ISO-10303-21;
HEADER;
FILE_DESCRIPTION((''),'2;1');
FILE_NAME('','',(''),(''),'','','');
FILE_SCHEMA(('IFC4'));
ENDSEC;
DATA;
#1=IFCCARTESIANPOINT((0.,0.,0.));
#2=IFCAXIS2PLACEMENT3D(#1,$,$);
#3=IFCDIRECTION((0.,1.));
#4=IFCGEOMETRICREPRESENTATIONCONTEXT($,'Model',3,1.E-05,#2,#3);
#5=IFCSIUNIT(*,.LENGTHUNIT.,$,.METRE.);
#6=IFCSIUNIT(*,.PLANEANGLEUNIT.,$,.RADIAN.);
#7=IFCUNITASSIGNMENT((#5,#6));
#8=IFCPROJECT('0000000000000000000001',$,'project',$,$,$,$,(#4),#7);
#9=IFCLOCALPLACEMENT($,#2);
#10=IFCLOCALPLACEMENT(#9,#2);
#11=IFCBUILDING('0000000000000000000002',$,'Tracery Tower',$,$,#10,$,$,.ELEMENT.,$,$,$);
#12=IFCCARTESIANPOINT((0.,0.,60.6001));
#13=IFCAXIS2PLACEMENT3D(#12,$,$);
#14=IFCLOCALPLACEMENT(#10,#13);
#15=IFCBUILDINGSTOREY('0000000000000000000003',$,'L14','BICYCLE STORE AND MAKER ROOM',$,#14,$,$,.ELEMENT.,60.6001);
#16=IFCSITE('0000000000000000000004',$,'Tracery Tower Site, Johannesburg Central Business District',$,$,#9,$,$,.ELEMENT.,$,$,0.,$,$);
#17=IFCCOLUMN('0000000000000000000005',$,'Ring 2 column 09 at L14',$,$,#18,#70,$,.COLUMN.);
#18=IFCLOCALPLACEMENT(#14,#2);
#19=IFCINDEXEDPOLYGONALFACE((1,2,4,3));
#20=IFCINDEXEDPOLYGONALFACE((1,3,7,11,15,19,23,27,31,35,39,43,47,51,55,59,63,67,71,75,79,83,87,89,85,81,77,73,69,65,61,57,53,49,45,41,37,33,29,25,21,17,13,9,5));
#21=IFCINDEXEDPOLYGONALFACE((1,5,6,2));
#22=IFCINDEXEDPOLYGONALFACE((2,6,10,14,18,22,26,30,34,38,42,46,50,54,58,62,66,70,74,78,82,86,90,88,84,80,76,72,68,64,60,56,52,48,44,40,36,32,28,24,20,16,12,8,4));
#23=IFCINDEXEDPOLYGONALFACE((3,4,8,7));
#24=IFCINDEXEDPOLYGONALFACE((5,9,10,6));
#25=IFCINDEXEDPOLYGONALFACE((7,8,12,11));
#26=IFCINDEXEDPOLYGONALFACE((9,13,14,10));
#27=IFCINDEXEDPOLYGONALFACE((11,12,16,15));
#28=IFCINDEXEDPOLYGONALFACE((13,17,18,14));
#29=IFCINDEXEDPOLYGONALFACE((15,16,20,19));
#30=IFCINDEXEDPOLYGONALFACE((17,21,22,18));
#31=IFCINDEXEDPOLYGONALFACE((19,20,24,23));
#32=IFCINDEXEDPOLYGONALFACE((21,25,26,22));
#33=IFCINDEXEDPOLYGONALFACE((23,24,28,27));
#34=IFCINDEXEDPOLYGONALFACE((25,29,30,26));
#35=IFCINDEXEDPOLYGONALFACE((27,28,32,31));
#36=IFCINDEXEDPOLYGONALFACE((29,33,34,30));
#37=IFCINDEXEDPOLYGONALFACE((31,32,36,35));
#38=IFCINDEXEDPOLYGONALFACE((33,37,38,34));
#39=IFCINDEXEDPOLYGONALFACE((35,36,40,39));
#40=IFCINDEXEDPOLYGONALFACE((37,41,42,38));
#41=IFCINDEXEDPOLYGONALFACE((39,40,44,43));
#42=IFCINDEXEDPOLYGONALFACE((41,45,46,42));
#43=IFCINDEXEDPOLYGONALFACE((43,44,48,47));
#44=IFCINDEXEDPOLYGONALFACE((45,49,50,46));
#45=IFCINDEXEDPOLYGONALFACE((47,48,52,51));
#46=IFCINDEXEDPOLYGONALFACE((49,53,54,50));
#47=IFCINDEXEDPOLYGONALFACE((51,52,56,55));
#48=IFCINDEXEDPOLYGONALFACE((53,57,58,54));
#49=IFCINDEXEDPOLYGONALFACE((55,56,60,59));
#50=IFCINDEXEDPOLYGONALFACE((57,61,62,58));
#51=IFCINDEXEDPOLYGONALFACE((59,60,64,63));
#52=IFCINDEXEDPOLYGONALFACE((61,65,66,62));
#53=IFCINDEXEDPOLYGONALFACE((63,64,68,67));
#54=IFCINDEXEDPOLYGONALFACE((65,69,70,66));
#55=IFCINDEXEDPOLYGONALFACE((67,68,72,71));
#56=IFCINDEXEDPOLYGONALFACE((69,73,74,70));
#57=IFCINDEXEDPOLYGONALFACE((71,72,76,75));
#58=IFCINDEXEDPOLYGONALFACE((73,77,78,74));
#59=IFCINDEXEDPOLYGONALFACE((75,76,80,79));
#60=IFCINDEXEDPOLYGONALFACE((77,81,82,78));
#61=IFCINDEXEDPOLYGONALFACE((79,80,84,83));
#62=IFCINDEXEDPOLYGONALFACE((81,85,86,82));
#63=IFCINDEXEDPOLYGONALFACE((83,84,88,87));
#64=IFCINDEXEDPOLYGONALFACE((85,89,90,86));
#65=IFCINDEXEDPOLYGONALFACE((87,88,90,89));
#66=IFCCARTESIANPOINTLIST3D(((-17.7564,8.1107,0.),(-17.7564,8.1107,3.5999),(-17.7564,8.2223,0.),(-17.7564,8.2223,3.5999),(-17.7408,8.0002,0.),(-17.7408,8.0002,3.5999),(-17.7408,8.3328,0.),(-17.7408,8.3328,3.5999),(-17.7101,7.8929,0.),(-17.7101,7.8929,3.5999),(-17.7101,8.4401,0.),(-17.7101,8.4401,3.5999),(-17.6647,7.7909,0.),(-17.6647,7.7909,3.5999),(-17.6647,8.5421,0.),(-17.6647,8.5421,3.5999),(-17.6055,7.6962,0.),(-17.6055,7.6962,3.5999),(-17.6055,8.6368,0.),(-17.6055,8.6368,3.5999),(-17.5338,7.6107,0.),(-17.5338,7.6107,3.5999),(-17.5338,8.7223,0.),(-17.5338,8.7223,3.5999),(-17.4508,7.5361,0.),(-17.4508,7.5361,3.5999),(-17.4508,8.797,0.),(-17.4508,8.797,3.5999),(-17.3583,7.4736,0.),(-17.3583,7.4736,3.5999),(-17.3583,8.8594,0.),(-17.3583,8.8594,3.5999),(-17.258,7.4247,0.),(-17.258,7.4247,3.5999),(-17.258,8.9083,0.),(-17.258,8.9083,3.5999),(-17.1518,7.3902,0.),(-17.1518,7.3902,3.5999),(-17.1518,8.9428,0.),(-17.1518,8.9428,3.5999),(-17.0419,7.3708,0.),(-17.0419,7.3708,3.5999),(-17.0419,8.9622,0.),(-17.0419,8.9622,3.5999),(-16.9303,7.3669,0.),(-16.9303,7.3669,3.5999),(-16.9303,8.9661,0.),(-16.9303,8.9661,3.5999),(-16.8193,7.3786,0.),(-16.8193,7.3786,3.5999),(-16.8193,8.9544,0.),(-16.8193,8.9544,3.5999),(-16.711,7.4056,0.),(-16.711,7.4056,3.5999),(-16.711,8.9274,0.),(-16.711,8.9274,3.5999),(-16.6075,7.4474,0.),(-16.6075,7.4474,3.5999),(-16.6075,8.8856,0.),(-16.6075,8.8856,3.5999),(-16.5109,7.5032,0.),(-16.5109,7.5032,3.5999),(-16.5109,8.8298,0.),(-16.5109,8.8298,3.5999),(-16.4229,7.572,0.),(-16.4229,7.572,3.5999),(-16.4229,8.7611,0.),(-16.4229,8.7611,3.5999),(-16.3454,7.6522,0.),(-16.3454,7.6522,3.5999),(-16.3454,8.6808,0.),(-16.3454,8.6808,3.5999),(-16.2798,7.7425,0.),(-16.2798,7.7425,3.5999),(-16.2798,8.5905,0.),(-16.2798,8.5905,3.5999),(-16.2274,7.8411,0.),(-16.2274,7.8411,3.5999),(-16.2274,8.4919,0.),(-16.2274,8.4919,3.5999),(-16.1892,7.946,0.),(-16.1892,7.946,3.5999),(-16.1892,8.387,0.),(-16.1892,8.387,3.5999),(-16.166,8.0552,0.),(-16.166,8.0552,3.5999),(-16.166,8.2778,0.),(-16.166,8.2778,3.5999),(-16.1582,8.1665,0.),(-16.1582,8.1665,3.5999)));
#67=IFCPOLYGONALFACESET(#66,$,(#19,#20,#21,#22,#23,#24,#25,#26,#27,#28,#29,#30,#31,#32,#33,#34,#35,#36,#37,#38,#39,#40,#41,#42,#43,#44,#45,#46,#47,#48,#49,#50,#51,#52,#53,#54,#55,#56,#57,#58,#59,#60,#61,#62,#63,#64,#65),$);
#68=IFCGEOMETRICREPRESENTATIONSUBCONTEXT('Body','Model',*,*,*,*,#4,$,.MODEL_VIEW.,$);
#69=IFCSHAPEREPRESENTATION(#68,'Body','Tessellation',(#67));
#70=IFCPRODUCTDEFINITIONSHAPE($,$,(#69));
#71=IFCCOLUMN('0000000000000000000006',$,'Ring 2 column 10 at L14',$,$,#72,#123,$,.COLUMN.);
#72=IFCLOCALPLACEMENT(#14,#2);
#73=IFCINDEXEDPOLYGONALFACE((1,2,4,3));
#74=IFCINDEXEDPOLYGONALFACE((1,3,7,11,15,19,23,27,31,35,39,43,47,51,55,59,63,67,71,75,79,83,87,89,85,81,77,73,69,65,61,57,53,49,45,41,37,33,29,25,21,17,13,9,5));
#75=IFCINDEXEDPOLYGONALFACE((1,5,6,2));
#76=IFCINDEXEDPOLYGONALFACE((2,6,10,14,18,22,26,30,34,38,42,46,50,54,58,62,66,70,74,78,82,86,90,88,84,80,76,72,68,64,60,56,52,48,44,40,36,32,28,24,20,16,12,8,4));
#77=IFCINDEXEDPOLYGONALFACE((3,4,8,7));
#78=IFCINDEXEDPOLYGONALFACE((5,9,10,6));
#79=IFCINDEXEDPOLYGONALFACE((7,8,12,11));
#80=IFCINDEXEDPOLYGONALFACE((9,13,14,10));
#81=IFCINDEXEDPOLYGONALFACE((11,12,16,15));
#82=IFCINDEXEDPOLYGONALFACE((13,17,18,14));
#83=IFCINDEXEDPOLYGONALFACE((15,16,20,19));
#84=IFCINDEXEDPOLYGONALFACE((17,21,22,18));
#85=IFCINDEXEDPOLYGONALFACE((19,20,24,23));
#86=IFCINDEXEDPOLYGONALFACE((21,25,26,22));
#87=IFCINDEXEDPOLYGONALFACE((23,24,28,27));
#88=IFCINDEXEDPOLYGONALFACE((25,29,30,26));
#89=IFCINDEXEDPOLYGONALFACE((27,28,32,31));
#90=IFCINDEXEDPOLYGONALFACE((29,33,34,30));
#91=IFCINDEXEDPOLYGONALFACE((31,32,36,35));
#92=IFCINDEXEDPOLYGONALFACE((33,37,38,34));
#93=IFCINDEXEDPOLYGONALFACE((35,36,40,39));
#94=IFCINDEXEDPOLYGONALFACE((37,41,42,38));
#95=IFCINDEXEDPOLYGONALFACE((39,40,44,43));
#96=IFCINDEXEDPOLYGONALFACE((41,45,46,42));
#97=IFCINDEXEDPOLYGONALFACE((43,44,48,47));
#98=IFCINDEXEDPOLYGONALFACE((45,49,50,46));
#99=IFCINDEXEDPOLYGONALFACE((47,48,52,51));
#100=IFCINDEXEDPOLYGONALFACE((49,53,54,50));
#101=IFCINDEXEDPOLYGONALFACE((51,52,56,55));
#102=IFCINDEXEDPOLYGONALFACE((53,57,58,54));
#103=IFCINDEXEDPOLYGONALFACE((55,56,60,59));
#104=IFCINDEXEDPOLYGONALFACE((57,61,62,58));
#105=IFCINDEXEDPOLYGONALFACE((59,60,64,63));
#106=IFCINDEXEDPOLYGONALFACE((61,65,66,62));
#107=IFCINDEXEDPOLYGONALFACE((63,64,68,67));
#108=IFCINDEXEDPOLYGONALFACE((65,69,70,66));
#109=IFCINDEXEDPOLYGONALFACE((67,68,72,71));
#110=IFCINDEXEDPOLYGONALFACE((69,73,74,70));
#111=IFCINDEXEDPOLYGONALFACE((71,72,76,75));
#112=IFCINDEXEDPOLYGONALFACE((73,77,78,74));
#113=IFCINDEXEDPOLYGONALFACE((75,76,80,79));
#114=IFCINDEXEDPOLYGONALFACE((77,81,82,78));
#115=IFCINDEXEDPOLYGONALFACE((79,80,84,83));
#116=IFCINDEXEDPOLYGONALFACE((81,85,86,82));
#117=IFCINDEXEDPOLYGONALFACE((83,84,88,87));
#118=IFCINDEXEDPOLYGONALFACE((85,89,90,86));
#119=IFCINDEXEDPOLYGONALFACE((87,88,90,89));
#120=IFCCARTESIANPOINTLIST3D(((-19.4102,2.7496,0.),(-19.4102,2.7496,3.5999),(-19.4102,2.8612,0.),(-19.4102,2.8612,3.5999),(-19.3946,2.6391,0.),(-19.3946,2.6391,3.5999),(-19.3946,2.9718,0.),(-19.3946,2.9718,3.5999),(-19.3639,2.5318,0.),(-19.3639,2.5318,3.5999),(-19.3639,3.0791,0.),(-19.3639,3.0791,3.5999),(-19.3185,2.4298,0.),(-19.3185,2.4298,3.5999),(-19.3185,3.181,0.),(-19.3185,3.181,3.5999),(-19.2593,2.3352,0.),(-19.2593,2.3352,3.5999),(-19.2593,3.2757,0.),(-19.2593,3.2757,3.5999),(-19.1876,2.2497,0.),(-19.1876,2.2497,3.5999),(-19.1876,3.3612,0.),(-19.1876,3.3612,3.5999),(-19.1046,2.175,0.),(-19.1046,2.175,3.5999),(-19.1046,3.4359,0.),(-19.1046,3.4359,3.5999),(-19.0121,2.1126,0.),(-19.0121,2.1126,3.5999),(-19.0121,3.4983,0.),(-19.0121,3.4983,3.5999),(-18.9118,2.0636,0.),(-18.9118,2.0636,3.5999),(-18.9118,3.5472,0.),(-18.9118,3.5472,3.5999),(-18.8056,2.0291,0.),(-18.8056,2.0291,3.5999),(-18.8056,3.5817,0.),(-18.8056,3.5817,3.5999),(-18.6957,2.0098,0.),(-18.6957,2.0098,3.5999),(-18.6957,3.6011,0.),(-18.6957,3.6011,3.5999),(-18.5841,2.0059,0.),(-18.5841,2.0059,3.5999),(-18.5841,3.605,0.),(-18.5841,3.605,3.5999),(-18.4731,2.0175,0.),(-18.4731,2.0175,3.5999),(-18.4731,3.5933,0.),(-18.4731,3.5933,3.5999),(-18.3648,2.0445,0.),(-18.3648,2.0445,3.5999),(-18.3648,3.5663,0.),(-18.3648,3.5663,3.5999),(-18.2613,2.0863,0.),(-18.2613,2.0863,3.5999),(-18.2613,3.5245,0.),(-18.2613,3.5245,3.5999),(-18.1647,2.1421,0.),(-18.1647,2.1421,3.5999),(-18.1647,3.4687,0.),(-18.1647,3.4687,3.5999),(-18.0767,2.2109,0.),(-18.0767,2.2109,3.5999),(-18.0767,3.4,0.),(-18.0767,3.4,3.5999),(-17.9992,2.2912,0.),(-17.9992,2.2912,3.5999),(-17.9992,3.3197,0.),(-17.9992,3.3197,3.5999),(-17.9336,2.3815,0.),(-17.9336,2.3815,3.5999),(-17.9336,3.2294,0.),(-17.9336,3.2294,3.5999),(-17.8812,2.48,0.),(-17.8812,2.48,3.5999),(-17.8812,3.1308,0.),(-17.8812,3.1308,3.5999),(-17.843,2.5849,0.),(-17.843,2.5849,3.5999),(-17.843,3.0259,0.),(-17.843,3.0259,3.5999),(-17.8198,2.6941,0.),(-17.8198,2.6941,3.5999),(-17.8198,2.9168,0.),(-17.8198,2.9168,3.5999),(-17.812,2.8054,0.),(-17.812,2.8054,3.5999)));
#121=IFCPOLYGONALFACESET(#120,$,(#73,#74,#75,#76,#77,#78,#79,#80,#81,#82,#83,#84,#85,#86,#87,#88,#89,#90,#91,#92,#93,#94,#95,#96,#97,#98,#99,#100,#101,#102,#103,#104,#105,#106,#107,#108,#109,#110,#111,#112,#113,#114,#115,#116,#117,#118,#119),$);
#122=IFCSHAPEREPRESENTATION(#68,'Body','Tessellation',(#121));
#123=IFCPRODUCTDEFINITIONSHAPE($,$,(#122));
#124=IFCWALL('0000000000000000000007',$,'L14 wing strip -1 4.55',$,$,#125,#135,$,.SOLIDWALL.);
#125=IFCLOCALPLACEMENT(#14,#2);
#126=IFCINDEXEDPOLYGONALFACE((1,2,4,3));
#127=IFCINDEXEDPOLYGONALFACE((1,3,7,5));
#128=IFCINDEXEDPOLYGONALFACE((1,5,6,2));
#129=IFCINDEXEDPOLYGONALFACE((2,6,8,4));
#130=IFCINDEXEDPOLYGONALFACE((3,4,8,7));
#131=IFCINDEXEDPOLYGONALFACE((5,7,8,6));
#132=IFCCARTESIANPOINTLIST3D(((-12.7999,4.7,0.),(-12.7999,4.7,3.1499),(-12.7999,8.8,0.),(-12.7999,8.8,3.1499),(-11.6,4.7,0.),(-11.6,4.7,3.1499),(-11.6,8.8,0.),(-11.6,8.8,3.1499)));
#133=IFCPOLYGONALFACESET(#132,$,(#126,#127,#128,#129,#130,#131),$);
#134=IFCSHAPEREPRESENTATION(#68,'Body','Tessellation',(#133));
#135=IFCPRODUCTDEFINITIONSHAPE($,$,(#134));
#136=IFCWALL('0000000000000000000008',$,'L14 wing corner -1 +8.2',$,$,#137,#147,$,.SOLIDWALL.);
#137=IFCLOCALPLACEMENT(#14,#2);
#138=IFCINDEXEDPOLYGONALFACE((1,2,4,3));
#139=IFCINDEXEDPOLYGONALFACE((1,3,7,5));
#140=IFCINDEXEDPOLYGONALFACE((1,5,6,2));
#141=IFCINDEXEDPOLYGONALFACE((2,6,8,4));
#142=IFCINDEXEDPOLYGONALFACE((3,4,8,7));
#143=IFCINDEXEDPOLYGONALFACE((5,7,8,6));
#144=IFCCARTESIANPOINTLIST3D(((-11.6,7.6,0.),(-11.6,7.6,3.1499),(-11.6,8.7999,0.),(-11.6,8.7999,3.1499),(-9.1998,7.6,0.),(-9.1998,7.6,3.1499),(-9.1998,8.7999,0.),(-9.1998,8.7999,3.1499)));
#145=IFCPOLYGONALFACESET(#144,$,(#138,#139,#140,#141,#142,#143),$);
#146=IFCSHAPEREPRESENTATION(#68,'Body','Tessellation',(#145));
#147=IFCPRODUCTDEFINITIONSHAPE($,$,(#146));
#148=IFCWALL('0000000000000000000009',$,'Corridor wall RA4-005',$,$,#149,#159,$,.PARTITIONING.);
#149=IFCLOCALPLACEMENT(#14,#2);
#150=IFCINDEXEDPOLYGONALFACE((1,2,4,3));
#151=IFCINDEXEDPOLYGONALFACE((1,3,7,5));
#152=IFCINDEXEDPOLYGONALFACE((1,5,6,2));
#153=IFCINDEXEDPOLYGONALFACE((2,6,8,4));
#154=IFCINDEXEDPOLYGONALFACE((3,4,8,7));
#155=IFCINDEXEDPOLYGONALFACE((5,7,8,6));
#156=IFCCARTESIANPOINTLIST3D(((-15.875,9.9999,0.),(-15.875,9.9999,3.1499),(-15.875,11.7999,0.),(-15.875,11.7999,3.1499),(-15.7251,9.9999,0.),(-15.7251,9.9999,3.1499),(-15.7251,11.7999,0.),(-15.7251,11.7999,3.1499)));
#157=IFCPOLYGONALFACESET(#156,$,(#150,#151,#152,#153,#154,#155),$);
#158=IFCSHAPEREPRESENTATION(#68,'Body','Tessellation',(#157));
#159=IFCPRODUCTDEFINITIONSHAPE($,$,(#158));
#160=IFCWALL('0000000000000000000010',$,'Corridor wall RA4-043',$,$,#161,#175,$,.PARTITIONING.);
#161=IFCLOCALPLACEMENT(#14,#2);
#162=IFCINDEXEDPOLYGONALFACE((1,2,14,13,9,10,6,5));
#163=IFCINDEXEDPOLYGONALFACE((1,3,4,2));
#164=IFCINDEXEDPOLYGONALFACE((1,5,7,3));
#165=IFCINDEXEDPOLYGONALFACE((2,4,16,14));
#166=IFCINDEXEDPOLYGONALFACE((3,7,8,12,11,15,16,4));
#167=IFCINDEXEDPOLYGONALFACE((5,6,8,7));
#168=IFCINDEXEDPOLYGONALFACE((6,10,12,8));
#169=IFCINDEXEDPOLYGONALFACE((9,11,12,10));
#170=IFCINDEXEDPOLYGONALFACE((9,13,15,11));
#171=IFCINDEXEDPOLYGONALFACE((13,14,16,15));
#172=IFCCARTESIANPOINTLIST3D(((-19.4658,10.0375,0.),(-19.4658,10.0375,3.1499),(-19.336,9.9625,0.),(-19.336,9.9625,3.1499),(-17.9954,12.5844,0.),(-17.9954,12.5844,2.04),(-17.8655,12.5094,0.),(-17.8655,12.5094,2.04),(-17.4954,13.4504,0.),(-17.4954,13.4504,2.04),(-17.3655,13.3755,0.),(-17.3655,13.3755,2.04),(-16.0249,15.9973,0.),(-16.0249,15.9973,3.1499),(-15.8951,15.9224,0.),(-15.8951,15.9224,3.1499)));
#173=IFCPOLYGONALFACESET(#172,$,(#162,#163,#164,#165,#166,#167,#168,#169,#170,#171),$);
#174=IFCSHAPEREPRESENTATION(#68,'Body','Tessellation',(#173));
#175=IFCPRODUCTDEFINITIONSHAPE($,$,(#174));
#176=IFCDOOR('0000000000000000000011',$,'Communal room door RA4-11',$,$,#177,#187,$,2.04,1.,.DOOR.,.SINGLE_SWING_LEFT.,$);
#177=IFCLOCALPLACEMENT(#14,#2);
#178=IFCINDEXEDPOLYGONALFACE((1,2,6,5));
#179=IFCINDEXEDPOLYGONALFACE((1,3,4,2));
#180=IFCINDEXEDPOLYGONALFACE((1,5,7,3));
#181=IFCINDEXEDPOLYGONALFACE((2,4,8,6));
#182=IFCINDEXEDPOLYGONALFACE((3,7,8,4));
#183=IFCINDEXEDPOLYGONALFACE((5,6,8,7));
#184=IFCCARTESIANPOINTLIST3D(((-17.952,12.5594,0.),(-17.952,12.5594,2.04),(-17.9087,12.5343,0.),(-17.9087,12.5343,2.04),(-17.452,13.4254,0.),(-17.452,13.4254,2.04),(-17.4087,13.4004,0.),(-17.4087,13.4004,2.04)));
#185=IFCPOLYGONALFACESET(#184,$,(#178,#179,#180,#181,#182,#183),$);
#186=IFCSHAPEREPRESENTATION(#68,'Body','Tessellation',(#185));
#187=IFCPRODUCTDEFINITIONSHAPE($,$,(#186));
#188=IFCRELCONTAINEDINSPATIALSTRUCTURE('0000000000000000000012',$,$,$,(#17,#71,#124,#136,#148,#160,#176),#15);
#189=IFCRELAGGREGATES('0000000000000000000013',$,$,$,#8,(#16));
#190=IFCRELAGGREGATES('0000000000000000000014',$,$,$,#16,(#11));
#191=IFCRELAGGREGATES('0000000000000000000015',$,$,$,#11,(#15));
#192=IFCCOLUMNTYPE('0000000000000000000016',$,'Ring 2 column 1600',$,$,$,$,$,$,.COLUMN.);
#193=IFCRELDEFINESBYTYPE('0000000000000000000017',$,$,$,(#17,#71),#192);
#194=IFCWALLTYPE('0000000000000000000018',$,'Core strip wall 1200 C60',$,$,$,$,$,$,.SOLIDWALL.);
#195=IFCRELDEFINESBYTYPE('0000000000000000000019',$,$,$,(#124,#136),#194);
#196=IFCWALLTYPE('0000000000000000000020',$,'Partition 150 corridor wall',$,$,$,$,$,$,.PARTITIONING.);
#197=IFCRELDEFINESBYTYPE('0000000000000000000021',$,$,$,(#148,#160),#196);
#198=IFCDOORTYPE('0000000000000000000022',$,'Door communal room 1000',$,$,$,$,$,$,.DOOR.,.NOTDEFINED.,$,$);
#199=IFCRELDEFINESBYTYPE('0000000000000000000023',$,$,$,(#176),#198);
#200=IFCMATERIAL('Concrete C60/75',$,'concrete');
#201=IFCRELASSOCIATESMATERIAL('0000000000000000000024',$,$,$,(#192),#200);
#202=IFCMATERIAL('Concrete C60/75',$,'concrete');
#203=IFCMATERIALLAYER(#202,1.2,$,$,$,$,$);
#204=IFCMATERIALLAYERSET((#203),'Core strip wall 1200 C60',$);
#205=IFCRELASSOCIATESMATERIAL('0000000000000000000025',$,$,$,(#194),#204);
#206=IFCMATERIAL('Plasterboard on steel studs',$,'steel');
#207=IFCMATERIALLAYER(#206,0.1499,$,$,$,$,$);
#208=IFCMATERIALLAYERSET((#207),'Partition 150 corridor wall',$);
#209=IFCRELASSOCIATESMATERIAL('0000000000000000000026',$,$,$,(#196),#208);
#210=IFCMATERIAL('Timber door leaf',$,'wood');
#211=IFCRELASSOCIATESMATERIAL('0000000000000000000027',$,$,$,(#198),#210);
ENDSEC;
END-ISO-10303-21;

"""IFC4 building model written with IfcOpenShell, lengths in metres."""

from ifc_helpers import new_model, si_unit, direction, frame, frame_2d, origin, origin_2d, place, context, subcontext, project, spatial, rectangle, circle, extrude, material, layer, layer_set, material_profile, profile_set, type_object, element, fill, save


model = new_model("IFC4")

# Units and contexts
model_context = context("Model", 3, precision=1e-05, world=origin(), true_north=direction((0.0, 1.0)))
body_context = subcontext(model_context, "Body", "Model", "MODEL_VIEW")
ifc_project = project(units=[si_unit("LENGTHUNIT", "METRE"), si_unit("PLANEANGLEUNIT", "RADIAN")], contexts=[model_context])

# Site, building, storey
site_placement = place(None, origin())
site = spatial("IfcSite", under=ifc_project, at=site_placement, Name="Tracery Tower Site, Johannesburg Central Business District", CompositionType="ELEMENT", RefElevation=0.0)
building_placement = place(site_placement, origin())
building = spatial("IfcBuilding", under=site, at=building_placement, Name="Tracery Tower", CompositionType="ELEMENT")
storey_placement = place(building_placement, frame((0.0, 0.0, 60.6001)))
storey = spatial("IfcBuildingStorey", under=building, at=storey_placement, Name="L14", Description="BICYCLE STORE AND MAKER ROOM", CompositionType="ELEMENT", Elevation=60.6001)

# Columns
ifc_material_1 = material(Name="Concrete C60/75", Category="concrete")
ifc_material_profile = material_profile(ifc_material_1, circle(Radius=0.8, at=origin_2d()), Name="RC D1600")
ifc_profile_set = profile_set([ifc_material_profile], Name="Concrete C60/75")
column_type = type_object("IfcColumnType", Name="Ring 2 column 1600", PredefinedType="COLUMN", material=ifc_profile_set)
for number, where, z_axis, x_axis, name in (
    (1, (-16.9583, 8.1665, 0.0), (0.0, 0.0, 1.0), (1.0, 0.0, 0.0), "Ring 2 column 09 at L14"),
    (2, (-18.6121, 2.8054, 0.0), (0.0, 0.0, 1.0), (1.0, 0.0, 0.0), "Ring 2 column 10 at L14"),
):
    element("IfcColumn", number, at=place(storey_placement, frame(where, z_axis=z_axis, x_axis=x_axis)), inside=storey, type_object=column_type, Name=name, PredefinedType="COLUMN", context=body_context, shape_type="SweptSolid", body=[
        extrude(circle(Radius=0.8, at=origin_2d()), origin(), (0.0, 0.0, 1.0), 3.5999),
    ])

# Walls
ifc_material_2 = material(Name="Concrete C60/75", Category="concrete")
ifc_layer_1 = layer(ifc_material_2, 1.2)
ifc_layer_set_1 = layer_set([ifc_layer_1], Name="Core strip wall 1200 C60")
wall_type_1 = type_object("IfcWallType", Name="Core strip wall 1200 C60", PredefinedType="SOLIDWALL", material=ifc_layer_set_1)
wall_1_placement = place(storey_placement, frame((-12.2, 4.7, 0.0), z_axis=(0.0, 0.0, 1.0), x_axis=(0.0, 1.0, 0.0)))
element("IfcWall", 3, at=wall_1_placement, inside=storey, type_object=wall_type_1, Name="L14 wing strip -1 4.55", PredefinedType="SOLIDWALL", context=body_context, shape_type="SweptSolid", body=[
    extrude(rectangle(XDim=4.1001, YDim=1.2, at=frame_2d((2.05, 0.0))), origin(), (0.0, 0.0, 1.0), 3.1499),
])
wall_2_placement = place(storey_placement, frame((-11.6001, 8.2, 0.0), z_axis=(0.0, 0.0, 1.0), x_axis=(1.0, 0.0, 0.0)))
element("IfcWall", 4, at=wall_2_placement, inside=storey, type_object=wall_type_1, Name="L14 wing corner -1 +8.2", PredefinedType="SOLIDWALL", context=body_context, shape_type="SweptSolid", body=[
    extrude(rectangle(XDim=2.4001, YDim=1.2, at=frame_2d((1.2002, 0.0))), origin(), (0.0, 0.0, 1.0), 3.1499),
])

# Wall
ifc_material_3 = material(Name="Plasterboard on steel studs", Category="steel")
ifc_layer_2 = layer(ifc_material_3, 0.1499)
ifc_layer_set_2 = layer_set([ifc_layer_2], Name="Partition 150 corridor wall")
wall_type_2 = type_object("IfcWallType", Name="Partition 150 corridor wall", PredefinedType="PARTITIONING", material=ifc_layer_set_2)
wall_3_placement = place(storey_placement, frame((-15.8, 10.0, 0.0), z_axis=(0.0, 0.0, 1.0), x_axis=(0.0, 1.0, 0.0)))
element("IfcWall", 5, at=wall_3_placement, inside=storey, type_object=wall_type_2, Name="Corridor wall RA4-005", PredefinedType="PARTITIONING", context=body_context, shape_type="SweptSolid", body=[
    extrude(rectangle(XDim=1.8, YDim=0.1499, at=frame_2d((0.8999, 0.0))), origin(), (0.0, 0.0, 1.0), 3.1499),
])

# Wall, opening, door
wall_4_placement = place(storey_placement, frame((-19.4009, 10.0, 0.0), z_axis=(0.0, 0.0, 1.0), x_axis=(0.499993, 0.86603, 0.0)))
wall_4 = element("IfcWall", 6, at=wall_4_placement, inside=storey, type_object=wall_type_2, Name="Corridor wall RA4-043", PredefinedType="PARTITIONING", context=body_context, shape_type="SweptSolid", body=[
    extrude(rectangle(XDim=6.8818, YDim=0.1499, at=frame_2d((3.4409, 0.0))), origin(), (0.0, 0.0, 1.0), 3.1499),
])
opening_1_placement = place(wall_4_placement, frame((2.9409, 0.0, 0.0)))
opening_1 = element("IfcOpeningElement", 7, at=opening_1_placement, cuts=wall_4, PredefinedType="OPENING", context=body_context, shape_type="SweptSolid", body=[
    extrude(rectangle(XDim=1.0, YDim=2.04, at=frame_2d((0.5, 1.02))), frame((0.0, 0.075, 0.0), z_axis=(0.0, -1.0, 0.0), x_axis=(1.0, 0.0, 0.0)), (0.0, 0.0, 1.0), 0.1499),
])
ifc_material_4 = material(Name="Timber door leaf", Category="wood")
door_type_1 = type_object("IfcDoorType", Name="Door communal room 1000", OperationType="NOTDEFINED", PredefinedType="DOOR", material=ifc_material_4)
door_1_placement = place(opening_1_placement, origin())
door_1 = element("IfcDoor", 8, at=door_1_placement, inside=storey, type_object=door_type_1, Name="Communal room door RA4-11", OperationType="SINGLE_SWING_LEFT", OverallHeight=2.04, OverallWidth=1.0, PredefinedType="DOOR", context=body_context, shape_type="SweptSolid", body=[
    extrude(rectangle(XDim=1.0, YDim=2.04, at=frame_2d((0.5, 1.02))), frame((0.0, 0.0249, 0.0), z_axis=(0.0, -1.0, 0.0), x_axis=(1.0, 0.0, 0.0)), (0.0, 0.0, 1.0), 0.05),
])
fill(opening_1, door_1)

save(model, "model.ifc")
